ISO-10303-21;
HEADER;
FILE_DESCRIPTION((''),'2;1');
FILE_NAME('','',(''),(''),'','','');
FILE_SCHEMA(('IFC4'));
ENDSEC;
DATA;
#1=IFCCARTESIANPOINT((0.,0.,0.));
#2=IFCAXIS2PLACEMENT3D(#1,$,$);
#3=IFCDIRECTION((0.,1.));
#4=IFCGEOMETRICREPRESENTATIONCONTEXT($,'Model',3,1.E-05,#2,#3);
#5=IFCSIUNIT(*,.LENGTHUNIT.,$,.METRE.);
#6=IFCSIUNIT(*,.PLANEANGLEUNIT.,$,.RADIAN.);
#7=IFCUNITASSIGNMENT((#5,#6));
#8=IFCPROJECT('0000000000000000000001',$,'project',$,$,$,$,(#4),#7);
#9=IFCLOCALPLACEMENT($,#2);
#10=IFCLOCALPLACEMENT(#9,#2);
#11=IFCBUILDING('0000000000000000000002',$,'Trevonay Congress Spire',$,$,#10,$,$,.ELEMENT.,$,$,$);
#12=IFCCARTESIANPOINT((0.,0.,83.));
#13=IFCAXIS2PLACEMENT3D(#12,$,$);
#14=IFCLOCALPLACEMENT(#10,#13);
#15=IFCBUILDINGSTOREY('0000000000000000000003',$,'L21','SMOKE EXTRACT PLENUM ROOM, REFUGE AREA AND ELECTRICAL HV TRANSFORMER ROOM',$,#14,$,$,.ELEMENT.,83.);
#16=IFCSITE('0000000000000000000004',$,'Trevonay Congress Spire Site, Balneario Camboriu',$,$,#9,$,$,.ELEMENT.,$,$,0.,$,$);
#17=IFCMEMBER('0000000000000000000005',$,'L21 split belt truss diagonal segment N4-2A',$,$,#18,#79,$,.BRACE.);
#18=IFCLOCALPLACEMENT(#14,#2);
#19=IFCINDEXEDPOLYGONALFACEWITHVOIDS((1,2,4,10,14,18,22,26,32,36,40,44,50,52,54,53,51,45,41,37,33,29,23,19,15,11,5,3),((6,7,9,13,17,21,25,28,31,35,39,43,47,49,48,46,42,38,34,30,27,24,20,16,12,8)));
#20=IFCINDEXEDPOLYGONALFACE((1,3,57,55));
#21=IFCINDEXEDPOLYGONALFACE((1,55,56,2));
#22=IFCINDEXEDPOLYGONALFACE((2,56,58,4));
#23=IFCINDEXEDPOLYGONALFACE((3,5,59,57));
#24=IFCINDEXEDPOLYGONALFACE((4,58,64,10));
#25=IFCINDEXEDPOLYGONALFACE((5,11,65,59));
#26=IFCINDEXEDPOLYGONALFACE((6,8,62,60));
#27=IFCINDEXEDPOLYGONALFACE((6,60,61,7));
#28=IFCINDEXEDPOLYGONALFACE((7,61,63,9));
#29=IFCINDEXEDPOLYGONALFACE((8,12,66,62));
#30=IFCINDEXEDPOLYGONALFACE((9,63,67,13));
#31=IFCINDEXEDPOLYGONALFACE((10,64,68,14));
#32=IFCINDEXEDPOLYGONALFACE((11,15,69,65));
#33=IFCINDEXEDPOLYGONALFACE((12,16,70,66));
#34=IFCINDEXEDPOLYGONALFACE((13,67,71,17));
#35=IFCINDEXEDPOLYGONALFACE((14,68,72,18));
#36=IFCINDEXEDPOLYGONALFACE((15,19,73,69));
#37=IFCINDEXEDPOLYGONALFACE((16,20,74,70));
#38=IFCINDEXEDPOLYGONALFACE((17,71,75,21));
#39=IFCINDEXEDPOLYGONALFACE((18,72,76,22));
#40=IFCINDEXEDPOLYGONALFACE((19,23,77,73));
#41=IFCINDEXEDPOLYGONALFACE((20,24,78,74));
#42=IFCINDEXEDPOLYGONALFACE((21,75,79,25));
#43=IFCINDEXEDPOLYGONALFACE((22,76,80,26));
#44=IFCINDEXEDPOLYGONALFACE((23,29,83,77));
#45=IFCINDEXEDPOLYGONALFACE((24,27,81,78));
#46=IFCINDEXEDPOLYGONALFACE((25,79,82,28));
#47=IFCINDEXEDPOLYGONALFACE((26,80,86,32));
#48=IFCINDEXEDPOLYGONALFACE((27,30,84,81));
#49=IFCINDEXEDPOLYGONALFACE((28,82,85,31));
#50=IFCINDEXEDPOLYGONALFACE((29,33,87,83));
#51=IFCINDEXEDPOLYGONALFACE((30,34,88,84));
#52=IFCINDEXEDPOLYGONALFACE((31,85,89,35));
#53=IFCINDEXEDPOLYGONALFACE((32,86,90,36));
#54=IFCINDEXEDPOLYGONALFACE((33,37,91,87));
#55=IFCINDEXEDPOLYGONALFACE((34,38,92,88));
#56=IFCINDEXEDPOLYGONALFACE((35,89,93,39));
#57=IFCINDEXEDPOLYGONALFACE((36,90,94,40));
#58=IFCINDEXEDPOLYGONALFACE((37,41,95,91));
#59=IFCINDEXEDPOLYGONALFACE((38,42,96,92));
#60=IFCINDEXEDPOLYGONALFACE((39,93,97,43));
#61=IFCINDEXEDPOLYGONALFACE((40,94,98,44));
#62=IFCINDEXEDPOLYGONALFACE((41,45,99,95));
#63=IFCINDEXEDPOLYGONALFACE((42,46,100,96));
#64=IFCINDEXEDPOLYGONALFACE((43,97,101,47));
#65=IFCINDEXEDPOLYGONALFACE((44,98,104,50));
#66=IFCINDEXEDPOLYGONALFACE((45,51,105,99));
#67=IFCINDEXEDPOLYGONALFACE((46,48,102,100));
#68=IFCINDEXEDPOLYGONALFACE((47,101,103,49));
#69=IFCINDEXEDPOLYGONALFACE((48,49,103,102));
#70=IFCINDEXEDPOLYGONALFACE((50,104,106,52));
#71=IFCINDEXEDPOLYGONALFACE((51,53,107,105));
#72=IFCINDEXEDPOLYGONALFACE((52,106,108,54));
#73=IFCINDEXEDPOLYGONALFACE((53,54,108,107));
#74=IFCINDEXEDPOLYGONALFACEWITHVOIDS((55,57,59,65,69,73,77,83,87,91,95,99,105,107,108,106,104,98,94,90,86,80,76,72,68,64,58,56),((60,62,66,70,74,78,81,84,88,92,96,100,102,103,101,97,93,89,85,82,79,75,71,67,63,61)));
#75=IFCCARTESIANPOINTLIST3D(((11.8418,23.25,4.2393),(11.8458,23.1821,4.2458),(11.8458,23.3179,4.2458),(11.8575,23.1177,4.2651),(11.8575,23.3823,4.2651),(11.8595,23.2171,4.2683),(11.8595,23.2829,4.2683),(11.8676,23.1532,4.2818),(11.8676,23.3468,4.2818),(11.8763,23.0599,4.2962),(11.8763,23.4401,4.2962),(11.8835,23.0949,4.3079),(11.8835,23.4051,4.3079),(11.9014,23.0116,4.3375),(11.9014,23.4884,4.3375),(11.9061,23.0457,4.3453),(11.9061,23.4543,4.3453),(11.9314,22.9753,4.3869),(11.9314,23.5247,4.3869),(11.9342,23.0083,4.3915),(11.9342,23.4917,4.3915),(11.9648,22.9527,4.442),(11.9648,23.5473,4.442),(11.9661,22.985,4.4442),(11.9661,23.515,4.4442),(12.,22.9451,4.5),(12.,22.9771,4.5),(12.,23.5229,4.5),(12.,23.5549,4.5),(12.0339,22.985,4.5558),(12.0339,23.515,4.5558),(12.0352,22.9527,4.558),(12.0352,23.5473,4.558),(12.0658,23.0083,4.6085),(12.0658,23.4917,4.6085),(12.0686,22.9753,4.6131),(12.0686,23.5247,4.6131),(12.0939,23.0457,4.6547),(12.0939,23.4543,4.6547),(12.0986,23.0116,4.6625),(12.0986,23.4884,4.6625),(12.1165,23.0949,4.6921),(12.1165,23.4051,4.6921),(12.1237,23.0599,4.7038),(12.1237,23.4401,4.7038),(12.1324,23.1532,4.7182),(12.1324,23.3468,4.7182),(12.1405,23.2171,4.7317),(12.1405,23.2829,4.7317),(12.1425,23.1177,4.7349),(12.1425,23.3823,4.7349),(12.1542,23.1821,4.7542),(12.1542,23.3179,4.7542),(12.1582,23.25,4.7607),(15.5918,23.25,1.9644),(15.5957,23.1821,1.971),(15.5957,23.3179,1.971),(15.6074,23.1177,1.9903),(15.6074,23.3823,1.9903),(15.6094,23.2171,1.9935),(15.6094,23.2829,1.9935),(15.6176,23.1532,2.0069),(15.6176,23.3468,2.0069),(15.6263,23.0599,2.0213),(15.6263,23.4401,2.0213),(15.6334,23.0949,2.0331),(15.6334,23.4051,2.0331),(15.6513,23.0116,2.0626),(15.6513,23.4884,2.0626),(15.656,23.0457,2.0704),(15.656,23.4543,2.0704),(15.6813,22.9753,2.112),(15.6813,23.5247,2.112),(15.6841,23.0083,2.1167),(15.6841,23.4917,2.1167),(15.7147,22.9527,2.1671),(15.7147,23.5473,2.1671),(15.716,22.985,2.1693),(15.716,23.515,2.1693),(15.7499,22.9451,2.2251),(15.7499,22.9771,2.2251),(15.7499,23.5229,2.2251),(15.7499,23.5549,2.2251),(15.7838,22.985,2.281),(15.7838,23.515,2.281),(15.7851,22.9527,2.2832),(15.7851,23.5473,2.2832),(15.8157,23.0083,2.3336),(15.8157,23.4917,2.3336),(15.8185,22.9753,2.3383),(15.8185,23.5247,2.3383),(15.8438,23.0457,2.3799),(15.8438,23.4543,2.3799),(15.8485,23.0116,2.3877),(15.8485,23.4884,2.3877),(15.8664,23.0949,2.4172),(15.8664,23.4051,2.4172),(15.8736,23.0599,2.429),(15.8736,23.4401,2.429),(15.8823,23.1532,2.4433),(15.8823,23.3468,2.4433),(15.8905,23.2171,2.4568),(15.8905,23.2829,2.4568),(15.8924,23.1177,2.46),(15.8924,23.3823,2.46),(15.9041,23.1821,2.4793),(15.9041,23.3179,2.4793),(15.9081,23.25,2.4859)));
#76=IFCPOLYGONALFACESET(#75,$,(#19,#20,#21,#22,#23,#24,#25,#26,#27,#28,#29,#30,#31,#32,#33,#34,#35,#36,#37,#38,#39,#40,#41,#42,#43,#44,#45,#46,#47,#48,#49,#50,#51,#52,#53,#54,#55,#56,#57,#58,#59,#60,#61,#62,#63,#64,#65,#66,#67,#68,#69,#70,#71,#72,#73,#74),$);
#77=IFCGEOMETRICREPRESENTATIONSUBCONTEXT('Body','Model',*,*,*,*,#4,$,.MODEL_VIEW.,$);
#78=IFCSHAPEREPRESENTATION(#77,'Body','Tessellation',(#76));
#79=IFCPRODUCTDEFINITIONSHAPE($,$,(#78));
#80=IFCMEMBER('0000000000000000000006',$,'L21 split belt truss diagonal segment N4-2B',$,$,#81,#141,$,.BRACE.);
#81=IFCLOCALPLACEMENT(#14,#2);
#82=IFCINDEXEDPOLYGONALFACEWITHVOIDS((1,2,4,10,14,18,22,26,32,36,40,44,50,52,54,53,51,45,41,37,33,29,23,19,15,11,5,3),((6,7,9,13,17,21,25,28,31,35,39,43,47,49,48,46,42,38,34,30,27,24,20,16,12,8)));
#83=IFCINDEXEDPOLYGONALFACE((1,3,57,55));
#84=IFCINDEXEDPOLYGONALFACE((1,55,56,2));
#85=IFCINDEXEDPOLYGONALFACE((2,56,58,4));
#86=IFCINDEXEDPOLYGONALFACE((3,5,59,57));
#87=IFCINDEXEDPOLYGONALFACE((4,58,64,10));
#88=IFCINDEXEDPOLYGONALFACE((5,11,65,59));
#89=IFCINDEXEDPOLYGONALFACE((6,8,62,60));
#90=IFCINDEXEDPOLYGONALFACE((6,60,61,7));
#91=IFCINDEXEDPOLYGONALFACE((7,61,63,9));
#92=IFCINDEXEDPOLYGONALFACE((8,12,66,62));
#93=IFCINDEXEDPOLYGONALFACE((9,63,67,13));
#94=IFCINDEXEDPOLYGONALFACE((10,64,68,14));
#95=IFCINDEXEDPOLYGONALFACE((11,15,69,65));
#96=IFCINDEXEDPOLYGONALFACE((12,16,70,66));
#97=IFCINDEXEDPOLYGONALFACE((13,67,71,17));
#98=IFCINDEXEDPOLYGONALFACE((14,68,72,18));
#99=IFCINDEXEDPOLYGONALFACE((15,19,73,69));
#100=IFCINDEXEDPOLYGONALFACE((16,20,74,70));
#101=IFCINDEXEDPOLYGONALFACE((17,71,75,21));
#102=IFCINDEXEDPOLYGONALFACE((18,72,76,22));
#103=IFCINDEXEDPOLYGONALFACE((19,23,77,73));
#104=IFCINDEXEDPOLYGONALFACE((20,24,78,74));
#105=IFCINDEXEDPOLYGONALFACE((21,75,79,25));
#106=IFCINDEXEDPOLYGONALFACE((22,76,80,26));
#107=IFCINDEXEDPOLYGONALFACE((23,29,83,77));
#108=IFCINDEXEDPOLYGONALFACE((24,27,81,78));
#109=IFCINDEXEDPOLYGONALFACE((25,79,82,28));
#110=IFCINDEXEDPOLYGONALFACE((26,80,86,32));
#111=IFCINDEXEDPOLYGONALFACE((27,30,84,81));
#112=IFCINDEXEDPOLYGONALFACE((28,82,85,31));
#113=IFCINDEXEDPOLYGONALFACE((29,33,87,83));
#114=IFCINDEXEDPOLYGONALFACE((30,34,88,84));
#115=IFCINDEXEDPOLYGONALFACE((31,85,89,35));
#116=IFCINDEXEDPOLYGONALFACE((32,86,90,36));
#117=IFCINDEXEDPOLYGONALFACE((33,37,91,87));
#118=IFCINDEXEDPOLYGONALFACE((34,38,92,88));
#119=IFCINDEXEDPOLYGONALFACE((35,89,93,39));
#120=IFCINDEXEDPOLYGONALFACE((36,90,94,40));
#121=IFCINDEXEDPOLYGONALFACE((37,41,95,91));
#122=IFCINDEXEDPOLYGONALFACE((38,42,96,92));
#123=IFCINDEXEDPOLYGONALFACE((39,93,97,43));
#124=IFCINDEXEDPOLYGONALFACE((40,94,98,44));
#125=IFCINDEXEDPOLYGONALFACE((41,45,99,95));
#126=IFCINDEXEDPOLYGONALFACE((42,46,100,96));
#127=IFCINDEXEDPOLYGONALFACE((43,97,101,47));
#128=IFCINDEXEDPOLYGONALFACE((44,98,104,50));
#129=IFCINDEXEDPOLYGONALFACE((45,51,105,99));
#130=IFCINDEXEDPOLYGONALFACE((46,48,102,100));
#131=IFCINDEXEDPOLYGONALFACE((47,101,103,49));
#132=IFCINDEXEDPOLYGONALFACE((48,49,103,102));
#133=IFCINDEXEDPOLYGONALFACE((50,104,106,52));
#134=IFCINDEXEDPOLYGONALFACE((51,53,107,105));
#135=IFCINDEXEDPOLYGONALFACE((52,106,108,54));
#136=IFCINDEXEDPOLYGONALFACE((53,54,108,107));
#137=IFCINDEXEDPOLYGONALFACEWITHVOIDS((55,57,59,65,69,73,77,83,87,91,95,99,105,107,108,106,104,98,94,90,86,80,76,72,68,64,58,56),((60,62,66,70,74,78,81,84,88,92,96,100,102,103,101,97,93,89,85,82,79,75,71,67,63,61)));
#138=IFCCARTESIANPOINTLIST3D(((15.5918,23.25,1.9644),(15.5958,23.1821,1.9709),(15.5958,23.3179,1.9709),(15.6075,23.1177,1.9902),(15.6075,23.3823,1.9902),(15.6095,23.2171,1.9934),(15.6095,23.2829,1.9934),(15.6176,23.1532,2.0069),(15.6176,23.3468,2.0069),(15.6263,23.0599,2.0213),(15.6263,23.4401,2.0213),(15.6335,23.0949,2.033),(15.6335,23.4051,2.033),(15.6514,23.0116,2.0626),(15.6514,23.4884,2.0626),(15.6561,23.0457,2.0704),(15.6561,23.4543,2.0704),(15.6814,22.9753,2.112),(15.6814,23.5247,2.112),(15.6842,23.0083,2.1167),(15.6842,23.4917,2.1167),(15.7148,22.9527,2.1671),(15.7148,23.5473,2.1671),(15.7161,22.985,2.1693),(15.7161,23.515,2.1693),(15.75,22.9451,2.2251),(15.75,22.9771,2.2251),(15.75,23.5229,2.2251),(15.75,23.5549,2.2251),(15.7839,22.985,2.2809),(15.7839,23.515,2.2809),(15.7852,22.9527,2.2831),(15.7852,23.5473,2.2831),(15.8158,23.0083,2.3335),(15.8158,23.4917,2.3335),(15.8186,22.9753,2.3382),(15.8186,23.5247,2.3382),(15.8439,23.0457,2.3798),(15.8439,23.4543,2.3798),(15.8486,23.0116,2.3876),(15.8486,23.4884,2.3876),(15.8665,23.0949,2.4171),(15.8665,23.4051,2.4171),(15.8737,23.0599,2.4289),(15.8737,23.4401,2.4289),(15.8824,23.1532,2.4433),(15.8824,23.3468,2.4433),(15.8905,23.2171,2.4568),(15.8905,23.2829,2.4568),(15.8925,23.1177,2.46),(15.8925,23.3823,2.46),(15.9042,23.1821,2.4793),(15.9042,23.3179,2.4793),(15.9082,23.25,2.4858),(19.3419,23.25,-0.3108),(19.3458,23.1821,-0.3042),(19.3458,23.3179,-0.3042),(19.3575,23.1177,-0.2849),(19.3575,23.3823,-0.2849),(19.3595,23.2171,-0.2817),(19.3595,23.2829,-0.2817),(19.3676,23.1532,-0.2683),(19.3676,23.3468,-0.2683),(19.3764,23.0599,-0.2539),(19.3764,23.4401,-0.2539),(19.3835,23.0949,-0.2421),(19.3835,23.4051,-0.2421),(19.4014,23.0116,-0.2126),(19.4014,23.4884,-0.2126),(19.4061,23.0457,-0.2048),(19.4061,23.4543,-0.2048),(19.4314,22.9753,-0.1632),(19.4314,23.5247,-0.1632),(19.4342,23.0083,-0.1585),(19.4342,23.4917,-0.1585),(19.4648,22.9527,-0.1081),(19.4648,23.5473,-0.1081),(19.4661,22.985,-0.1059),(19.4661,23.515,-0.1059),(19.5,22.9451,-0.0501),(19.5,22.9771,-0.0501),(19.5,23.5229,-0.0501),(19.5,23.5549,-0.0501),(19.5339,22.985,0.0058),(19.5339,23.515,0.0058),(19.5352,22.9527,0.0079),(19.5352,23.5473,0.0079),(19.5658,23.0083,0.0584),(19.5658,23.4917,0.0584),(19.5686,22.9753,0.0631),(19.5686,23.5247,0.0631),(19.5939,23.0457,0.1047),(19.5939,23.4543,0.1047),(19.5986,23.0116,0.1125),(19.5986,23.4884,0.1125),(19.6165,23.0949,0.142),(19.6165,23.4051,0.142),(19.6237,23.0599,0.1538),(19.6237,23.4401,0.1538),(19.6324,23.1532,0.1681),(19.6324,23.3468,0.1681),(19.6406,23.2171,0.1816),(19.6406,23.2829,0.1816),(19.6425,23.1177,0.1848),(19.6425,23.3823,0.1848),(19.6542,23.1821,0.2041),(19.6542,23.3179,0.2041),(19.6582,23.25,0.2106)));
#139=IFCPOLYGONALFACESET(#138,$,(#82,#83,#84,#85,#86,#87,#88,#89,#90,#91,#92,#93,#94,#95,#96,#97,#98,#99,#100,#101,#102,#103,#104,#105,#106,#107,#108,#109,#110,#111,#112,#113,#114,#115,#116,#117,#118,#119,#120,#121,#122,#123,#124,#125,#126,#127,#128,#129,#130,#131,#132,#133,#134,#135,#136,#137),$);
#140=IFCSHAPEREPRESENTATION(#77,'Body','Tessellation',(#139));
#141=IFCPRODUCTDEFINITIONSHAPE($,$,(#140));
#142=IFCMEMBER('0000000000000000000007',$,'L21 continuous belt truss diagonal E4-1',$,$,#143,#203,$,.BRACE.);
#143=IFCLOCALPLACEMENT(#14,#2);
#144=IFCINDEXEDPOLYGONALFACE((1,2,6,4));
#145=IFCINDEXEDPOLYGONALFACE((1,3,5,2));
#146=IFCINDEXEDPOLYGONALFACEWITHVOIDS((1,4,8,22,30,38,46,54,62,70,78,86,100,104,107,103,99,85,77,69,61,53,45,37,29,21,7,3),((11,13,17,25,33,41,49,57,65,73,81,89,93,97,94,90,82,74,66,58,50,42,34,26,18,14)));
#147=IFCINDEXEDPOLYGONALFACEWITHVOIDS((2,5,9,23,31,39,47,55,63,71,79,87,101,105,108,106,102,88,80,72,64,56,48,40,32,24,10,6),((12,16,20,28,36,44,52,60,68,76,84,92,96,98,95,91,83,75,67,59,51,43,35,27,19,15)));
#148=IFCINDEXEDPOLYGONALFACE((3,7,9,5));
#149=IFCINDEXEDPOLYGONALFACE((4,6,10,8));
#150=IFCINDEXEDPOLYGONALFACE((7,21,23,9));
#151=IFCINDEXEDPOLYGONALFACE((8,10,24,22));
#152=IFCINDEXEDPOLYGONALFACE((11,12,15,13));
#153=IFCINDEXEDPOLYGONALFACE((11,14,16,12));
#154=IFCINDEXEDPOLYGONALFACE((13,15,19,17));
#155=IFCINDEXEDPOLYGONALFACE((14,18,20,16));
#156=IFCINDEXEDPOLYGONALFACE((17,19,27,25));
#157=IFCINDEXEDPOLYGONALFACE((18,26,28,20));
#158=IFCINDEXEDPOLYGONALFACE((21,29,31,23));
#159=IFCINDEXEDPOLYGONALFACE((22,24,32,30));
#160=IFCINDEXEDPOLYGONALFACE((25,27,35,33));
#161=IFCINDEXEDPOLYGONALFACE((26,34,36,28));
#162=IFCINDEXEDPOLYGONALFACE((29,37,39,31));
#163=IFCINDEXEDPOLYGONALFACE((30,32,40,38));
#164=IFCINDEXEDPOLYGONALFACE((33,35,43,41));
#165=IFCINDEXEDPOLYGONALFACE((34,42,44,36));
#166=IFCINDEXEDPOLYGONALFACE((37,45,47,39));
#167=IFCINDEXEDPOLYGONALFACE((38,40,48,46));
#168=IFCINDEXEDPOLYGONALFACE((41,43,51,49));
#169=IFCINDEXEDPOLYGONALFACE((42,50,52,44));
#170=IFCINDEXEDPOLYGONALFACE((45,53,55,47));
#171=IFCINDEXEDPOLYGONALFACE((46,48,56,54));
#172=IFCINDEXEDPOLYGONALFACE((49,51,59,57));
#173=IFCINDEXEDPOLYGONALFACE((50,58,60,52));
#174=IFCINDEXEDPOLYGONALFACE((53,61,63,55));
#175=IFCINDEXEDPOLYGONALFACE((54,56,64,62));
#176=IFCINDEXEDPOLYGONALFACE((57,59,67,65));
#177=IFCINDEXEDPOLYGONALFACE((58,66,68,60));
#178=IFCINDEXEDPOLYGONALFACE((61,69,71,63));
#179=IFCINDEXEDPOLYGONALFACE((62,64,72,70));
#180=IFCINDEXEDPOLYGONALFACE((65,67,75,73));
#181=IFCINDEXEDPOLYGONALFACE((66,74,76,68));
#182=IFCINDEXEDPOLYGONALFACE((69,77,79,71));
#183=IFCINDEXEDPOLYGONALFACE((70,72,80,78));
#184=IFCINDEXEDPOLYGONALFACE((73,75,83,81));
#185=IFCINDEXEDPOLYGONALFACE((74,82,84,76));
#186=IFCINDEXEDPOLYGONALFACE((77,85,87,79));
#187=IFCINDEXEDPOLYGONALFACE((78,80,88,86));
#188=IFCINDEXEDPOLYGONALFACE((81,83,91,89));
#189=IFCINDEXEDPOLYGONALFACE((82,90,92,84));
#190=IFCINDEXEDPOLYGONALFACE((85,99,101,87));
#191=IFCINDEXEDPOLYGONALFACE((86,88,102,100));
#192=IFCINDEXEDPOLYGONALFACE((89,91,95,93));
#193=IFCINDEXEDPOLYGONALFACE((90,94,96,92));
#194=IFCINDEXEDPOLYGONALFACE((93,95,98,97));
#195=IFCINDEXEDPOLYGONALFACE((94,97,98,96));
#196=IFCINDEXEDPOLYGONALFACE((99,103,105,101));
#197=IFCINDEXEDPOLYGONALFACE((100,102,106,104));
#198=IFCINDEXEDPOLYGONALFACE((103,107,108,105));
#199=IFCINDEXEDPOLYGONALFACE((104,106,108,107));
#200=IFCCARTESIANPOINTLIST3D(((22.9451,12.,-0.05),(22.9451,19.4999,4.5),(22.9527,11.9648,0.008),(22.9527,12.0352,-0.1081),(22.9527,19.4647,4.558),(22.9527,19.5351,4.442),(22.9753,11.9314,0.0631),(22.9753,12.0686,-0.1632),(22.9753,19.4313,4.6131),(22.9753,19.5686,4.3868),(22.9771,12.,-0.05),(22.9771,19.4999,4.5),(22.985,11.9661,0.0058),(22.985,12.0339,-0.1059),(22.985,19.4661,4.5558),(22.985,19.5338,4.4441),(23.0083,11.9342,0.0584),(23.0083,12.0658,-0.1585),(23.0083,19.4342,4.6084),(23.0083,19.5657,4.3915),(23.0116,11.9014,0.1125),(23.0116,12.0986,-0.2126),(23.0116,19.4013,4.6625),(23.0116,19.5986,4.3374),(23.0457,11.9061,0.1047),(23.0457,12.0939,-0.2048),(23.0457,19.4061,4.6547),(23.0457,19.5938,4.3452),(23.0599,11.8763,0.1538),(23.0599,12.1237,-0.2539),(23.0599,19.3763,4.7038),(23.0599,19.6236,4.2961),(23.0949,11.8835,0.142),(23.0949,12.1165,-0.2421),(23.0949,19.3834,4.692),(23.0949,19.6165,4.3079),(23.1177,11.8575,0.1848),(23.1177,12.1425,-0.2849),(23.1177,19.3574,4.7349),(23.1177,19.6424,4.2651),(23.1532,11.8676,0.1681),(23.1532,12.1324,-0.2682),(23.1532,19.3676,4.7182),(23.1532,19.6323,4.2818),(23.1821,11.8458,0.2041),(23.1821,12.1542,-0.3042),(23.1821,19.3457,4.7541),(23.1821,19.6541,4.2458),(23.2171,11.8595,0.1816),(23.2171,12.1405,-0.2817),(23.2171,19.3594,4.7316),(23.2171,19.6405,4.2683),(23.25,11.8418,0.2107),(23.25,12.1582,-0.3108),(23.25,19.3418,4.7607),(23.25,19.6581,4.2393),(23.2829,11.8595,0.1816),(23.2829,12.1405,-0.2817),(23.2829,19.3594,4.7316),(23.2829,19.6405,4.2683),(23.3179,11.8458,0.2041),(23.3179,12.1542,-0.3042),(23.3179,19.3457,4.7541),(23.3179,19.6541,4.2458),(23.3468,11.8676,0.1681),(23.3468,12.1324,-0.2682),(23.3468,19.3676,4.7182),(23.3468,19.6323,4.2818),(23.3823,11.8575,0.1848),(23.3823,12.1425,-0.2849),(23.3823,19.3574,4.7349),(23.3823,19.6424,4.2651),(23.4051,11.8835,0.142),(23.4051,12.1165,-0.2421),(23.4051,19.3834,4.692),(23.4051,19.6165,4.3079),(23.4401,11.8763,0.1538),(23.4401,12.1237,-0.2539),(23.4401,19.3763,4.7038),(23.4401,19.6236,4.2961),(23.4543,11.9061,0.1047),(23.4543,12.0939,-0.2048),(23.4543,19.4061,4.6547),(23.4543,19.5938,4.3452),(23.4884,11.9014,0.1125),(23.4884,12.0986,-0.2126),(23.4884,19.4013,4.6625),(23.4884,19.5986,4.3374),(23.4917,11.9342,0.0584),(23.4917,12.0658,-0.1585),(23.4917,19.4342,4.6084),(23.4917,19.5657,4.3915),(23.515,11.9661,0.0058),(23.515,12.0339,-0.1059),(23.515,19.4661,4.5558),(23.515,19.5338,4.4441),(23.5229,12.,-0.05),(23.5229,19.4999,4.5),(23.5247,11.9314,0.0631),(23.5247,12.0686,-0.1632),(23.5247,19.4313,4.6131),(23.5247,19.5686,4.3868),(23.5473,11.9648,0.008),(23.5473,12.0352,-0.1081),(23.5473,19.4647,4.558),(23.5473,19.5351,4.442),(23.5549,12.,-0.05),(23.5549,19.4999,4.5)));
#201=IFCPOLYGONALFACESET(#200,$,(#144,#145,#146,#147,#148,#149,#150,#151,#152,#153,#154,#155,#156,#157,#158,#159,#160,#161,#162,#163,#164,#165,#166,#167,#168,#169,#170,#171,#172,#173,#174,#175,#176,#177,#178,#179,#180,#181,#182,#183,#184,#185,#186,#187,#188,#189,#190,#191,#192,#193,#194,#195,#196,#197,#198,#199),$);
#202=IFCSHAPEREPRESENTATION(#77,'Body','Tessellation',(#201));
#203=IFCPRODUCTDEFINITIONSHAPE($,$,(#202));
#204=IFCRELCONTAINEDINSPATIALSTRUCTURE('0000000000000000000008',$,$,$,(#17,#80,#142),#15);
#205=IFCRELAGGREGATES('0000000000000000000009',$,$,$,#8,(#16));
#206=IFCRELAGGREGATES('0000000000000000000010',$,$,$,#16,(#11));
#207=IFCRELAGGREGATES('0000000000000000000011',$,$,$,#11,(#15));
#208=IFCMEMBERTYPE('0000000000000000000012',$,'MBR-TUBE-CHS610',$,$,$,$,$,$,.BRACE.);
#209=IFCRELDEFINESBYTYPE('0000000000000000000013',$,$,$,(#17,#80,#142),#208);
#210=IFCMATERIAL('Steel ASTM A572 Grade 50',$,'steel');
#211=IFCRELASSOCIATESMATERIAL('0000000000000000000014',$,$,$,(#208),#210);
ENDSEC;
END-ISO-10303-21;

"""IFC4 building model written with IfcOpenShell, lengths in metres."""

from ifc_helpers import new_model, si_unit, direction, frame, origin, origin_2d, place, context, subcontext, project, spatial, hollow_circle, extrude, material, material_profile, profile_set, type_object, element, save


model = new_model("IFC4")

# Units and contexts
model_context = context("Model", 3, precision=1e-05, world=origin(), true_north=direction((0.0, 1.0)))
body_context = subcontext(model_context, "Body", "Model", "MODEL_VIEW")
ifc_project = project(units=[si_unit("LENGTHUNIT", "METRE"), si_unit("PLANEANGLEUNIT", "RADIAN")], contexts=[model_context])

# Site, building, storey
site_placement = place(None, origin())
site = spatial("IfcSite", under=ifc_project, at=site_placement, Name="Trevonay Congress Spire Site, Balneario Camboriu", CompositionType="ELEMENT", RefElevation=0.0)
building_placement = place(site_placement, origin())
building = spatial("IfcBuilding", under=site, at=building_placement, Name="Trevonay Congress Spire", CompositionType="ELEMENT")
storey_placement = place(building_placement, frame((0.0, 0.0, 83.0)))
storey = spatial("IfcBuildingStorey", under=building, at=storey_placement, Name="L21", Description="SMOKE EXTRACT PLENUM ROOM, REFUGE AREA AND ELECTRICAL HV TRANSFORMER ROOM", CompositionType="ELEMENT", Elevation=83.0)

# Shared definitions
ifc_material_1 = material(Name="Steel ASTM A572 Grade 50", Category="steel")

# Members
ifc_material_profile_1 = material_profile(ifc_material_1, hollow_circle(Radius=0.3049, WallThickness=0.032, at=origin_2d()), Name="CHS 610x32")
ifc_profile_set_1 = profile_set([ifc_material_profile_1], Name="Steel ASTM A572 Grade 50")
member_type = type_object("IfcMemberType", Name="MBR-TUBE-CHS610", PredefinedType="BRACE", material=ifc_profile_set_1)
member_1_placement = place(storey_placement, frame((12.0, 23.25, 4.5), z_axis=(0.854978, 0.0, -0.518664), x_axis=(0.0, 1.0, 0.0)))
element("IfcMember", 1, at=member_1_placement, inside=storey, type_object=member_type, Name="L21 split belt truss diagonal segment N4-2A", PredefinedType="BRACE", context=body_context, shape_type="SweptSolid", body=[
    extrude(hollow_circle(Radius=0.3049, WallThickness=0.032, at=origin_2d()), origin(), (0.0, 0.0, 1.0), 4.386),
])
member_2_placement = place(storey_placement, frame((15.75, 23.25, 2.2251), z_axis=(0.854953, 0.0, -0.518705), x_axis=(0.0, 1.0, 0.0)))
element("IfcMember", 2, at=member_2_placement, inside=storey, type_object=member_type, Name="L21 split belt truss diagonal segment N4-2B", PredefinedType="BRACE", context=body_context, shape_type="SweptSolid", body=[
    extrude(hollow_circle(Radius=0.3049, WallThickness=0.032, at=origin_2d()), origin(), (0.0, 0.0, 1.0), 4.3862),
])
member_3_placement = place(storey_placement, frame((23.25, 12.0, -0.05), z_axis=(0.0, 0.854966, 0.518685), x_axis=(-1.0, 0.0, 0.0)))
element("IfcMember", 3, at=member_3_placement, inside=storey, type_object=member_type, Name="L21 continuous belt truss diagonal E4-1", PredefinedType="BRACE", context=body_context, shape_type="SweptSolid", body=[
    extrude(hollow_circle(Radius=0.3049, WallThickness=0.032, at=origin_2d()), origin(), (0.0, 0.0, 1.0), 8.7722),
])

save(model, "model.ifc")
